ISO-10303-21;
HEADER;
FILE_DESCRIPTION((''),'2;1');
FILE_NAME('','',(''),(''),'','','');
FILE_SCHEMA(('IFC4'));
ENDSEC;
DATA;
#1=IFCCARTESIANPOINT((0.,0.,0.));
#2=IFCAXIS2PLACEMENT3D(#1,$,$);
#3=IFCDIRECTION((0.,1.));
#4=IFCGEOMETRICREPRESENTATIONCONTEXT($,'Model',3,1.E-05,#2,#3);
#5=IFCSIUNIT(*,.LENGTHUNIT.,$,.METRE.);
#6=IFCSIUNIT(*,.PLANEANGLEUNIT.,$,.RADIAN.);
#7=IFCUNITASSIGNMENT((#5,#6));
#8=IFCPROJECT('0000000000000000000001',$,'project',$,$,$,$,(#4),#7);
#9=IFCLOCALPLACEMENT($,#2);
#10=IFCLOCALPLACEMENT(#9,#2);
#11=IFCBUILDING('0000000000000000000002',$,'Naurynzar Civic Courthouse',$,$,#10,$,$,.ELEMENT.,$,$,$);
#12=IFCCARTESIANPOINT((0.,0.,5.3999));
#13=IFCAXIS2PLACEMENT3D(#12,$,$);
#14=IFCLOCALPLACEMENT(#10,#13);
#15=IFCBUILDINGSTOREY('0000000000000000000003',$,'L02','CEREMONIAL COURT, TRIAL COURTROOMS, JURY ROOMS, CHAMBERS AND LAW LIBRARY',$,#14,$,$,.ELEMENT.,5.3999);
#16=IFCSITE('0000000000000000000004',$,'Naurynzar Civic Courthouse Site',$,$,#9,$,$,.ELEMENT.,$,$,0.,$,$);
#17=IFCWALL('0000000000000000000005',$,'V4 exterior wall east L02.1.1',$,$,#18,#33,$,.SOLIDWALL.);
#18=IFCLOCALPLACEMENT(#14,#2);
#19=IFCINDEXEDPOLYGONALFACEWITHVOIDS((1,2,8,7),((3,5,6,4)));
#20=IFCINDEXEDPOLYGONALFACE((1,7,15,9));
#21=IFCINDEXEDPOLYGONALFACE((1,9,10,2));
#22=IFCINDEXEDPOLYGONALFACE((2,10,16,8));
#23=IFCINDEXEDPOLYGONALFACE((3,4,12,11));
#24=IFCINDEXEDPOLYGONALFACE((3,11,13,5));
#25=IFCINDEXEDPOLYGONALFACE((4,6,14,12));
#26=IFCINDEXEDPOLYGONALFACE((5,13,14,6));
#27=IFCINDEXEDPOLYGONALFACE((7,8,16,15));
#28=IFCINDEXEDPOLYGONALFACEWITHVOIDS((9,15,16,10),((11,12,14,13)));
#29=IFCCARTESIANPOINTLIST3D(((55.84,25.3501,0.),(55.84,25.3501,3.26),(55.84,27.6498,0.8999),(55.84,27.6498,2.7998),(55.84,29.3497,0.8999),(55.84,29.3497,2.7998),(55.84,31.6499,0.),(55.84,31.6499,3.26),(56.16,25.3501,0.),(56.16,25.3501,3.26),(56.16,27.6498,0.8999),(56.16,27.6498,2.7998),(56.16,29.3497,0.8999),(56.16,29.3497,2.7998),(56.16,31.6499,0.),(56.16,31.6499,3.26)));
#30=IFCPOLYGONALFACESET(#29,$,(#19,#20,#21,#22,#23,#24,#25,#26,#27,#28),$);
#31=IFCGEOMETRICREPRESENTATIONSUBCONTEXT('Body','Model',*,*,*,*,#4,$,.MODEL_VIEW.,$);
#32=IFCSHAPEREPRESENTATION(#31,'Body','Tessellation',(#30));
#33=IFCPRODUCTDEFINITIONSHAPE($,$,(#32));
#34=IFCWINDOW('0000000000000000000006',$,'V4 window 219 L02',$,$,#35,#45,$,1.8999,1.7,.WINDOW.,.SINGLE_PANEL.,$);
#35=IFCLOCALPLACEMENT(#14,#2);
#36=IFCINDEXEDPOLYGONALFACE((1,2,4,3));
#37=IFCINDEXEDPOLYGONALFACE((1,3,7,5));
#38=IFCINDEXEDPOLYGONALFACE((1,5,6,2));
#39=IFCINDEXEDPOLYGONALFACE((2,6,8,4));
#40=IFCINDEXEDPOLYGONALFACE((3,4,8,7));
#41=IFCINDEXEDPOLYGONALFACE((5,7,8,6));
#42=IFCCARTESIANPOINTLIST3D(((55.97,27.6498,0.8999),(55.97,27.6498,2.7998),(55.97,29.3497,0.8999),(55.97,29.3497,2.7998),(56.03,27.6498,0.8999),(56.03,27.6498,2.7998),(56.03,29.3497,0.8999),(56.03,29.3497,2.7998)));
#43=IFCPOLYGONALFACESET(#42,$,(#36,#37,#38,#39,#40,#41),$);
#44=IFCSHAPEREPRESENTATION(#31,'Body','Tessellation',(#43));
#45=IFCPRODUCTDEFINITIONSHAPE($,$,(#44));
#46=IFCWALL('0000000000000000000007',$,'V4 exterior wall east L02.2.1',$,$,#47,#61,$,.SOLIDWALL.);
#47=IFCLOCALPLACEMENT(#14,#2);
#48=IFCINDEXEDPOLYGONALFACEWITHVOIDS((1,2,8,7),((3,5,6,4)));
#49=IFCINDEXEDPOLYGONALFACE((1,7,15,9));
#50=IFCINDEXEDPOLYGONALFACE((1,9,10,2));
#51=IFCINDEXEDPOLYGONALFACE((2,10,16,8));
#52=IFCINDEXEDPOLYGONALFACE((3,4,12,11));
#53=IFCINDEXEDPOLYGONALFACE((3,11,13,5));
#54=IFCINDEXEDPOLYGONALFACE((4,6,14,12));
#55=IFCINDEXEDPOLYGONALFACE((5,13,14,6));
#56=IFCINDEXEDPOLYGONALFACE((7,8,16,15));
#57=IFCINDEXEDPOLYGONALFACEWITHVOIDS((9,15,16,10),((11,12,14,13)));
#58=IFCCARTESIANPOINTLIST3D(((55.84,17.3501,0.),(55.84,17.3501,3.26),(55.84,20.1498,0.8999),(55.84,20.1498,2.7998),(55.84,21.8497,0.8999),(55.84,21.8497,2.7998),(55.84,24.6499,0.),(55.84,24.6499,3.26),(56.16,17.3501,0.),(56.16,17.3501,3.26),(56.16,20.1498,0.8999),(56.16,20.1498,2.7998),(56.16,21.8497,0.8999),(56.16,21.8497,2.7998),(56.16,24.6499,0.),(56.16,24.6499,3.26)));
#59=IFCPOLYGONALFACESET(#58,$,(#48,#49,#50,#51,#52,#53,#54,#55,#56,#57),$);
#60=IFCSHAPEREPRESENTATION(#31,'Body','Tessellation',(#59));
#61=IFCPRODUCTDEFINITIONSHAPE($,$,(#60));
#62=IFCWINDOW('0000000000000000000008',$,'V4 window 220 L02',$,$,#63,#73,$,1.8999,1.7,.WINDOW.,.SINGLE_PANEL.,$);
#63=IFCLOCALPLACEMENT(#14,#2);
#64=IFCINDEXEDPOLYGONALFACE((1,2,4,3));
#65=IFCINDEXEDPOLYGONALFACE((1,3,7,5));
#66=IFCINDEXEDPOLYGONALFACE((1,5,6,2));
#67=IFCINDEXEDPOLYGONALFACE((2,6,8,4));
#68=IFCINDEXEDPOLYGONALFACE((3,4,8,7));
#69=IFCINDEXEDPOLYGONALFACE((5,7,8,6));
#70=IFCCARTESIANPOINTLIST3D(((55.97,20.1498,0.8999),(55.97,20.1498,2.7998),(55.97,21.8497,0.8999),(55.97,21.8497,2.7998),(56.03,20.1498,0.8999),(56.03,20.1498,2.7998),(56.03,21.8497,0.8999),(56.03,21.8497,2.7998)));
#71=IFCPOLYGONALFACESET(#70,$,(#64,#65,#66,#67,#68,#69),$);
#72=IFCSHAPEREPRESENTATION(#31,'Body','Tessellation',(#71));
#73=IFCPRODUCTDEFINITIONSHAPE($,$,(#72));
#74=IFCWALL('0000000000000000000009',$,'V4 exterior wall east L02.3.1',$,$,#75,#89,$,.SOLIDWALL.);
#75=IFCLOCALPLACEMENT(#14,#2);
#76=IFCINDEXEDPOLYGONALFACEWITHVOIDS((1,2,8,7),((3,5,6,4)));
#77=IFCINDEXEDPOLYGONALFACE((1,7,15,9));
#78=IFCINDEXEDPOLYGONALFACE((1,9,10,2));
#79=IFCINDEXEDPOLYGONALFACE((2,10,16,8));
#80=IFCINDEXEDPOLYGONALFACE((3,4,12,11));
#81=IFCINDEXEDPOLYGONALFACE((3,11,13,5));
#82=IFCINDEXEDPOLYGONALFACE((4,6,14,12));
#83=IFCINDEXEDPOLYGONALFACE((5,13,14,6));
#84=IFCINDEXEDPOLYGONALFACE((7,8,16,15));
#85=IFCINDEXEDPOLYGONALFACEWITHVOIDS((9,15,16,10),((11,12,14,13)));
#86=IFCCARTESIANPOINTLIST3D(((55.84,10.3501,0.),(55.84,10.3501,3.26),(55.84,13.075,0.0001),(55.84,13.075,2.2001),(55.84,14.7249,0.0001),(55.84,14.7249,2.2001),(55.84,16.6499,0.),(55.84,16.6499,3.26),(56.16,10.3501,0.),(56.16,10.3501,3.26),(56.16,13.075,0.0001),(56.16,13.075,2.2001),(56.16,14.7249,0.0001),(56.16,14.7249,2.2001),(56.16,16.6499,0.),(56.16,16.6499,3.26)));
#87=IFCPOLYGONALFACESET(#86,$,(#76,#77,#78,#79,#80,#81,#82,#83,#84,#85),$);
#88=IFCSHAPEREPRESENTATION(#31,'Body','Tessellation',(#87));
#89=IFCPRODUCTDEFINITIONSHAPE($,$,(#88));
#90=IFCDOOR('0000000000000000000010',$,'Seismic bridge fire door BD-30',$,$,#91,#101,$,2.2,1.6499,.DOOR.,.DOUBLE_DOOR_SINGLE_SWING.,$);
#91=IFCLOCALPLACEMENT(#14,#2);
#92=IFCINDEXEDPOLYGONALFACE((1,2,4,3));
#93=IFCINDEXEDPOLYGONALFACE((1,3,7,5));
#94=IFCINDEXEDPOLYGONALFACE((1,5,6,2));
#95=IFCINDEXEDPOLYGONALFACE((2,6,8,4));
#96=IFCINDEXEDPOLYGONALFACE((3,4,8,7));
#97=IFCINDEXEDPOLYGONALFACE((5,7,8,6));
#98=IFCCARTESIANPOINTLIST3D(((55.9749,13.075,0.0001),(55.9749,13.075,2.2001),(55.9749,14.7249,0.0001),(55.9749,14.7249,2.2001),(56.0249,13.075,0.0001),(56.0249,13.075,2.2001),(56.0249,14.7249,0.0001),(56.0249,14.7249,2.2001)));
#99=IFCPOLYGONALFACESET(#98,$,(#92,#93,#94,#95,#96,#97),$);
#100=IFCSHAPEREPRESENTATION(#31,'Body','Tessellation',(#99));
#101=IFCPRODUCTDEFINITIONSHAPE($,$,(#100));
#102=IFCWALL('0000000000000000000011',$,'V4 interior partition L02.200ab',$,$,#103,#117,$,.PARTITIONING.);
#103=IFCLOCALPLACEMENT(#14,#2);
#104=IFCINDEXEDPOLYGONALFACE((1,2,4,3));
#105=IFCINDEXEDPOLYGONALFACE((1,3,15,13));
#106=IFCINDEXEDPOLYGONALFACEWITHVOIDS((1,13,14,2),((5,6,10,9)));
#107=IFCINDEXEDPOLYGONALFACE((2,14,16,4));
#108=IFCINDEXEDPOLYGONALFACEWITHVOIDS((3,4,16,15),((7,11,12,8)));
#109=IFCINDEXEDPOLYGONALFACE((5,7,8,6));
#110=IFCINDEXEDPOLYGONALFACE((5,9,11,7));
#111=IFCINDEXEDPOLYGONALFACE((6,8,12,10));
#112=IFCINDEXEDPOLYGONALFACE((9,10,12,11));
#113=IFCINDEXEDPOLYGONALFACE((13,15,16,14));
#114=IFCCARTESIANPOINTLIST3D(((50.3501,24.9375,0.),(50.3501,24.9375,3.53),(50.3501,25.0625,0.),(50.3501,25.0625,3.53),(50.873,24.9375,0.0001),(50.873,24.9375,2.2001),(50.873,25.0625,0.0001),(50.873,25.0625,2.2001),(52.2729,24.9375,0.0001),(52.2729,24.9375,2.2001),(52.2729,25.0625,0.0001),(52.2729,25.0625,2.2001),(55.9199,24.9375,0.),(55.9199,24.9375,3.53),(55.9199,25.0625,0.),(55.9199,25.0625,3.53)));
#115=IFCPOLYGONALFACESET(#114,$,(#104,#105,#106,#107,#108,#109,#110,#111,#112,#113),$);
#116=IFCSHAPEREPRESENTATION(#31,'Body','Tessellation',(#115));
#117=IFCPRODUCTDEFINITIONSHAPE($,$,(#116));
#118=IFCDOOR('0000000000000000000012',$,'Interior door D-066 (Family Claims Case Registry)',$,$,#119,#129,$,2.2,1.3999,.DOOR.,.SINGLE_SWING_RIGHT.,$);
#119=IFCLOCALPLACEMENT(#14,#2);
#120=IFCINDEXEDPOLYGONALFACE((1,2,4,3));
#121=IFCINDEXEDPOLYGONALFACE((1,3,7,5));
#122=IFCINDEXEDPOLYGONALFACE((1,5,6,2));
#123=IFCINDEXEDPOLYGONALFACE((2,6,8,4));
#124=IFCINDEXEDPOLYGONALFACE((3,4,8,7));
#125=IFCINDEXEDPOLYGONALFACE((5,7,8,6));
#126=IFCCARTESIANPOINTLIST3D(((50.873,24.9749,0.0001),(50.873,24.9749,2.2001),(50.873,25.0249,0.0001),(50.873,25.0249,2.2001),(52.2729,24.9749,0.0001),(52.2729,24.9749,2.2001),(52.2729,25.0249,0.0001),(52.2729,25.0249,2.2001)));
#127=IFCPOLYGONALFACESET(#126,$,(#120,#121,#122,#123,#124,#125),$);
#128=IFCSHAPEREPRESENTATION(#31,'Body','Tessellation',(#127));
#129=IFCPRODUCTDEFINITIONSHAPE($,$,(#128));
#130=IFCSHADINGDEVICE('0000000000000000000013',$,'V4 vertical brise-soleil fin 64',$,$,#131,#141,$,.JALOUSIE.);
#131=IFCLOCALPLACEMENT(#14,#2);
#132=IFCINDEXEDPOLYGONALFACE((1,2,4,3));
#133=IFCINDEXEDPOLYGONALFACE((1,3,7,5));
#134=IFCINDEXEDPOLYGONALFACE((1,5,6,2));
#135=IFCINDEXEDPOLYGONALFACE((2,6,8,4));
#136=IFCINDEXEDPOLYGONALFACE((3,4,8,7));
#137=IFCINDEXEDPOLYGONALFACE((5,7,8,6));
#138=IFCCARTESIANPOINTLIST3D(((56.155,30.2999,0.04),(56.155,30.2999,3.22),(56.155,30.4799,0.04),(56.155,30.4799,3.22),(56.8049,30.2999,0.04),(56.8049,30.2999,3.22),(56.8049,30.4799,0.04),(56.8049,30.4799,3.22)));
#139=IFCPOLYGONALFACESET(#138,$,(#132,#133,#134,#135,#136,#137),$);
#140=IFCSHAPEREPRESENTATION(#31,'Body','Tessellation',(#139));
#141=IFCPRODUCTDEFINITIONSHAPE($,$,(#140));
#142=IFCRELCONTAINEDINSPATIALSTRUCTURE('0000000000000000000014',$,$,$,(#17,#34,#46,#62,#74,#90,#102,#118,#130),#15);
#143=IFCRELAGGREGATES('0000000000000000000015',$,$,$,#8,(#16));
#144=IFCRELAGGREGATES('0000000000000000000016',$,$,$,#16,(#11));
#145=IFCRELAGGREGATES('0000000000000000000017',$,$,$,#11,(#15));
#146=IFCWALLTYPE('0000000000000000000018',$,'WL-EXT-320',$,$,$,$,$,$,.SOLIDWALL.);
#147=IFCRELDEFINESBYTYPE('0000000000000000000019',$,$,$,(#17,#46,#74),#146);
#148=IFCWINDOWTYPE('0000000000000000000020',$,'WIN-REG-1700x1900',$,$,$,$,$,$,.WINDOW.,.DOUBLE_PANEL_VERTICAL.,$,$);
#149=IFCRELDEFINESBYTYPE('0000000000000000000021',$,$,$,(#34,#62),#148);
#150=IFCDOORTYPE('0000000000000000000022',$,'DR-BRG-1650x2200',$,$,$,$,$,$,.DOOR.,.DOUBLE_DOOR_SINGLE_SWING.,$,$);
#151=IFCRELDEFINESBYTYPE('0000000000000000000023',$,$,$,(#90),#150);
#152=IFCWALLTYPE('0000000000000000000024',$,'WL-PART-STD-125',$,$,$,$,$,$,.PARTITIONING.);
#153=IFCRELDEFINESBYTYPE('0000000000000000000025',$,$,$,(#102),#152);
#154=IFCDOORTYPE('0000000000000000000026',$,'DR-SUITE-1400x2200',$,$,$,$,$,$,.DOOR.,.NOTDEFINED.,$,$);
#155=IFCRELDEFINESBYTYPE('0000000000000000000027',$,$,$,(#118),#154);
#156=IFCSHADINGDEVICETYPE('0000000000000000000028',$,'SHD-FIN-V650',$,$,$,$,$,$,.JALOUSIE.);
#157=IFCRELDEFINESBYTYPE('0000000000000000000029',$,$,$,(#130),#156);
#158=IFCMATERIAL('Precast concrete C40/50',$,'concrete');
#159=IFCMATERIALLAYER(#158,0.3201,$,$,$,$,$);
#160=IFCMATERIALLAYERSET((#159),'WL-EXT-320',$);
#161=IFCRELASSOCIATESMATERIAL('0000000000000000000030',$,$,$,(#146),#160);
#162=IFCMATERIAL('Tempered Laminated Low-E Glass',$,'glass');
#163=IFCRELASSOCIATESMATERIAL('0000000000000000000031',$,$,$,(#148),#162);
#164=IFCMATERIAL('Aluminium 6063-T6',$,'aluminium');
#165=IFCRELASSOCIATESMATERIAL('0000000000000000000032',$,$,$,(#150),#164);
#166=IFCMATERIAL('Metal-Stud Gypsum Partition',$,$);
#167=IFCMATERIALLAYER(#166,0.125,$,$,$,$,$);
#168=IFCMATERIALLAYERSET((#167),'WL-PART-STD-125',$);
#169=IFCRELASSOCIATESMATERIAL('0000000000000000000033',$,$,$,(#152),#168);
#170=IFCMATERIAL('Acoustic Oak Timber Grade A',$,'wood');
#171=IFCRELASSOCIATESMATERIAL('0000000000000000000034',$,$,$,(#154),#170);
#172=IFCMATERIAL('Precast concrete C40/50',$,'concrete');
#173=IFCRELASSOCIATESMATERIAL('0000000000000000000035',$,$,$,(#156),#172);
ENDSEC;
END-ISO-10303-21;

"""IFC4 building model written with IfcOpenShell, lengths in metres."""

from ifc_helpers import new_model, si_unit, direction, frame, frame_2d, origin, origin_2d, place, context, subcontext, project, spatial, rectangle, extrude, material, layer, layer_set, type_object, element, fill, save


model = new_model("IFC4")

# Units and contexts
model_context = context("Model", 3, precision=1e-05, world=origin(), true_north=direction((0.0, 1.0)))
body_context = subcontext(model_context, "Body", "Model", "MODEL_VIEW")
ifc_project = project(units=[si_unit("LENGTHUNIT", "METRE"), si_unit("PLANEANGLEUNIT", "RADIAN")], contexts=[model_context])

# Site, building, storey
site_placement = place(None, origin())
site = spatial("IfcSite", under=ifc_project, at=site_placement, Name="Naurynzar Civic Courthouse Site", CompositionType="ELEMENT", RefElevation=0.0)
building_placement = place(site_placement, origin())
building = spatial("IfcBuilding", under=site, at=building_placement, Name="Naurynzar Civic Courthouse", CompositionType="ELEMENT")
storey_placement = place(building_placement, frame((0.0, 0.0, 5.3999)))
storey = spatial("IfcBuildingStorey", under=building, at=storey_placement, Name="L02", Description="CEREMONIAL COURT, TRIAL COURTROOMS, JURY ROOMS, CHAMBERS AND LAW LIBRARY", CompositionType="ELEMENT", Elevation=5.3999)

# Walls, openings, windows
ifc_material_1 = material(Name="Precast concrete C40/50", Category="concrete")
ifc_layer_1 = layer(ifc_material_1, 0.3201)
ifc_layer_set_1 = layer_set([ifc_layer_1], Name="WL-EXT-320")
wall_type_1 = type_object("IfcWallType", Name="WL-EXT-320", PredefinedType="SOLIDWALL", material=ifc_layer_set_1)
wall_1_placement = place(storey_placement, frame((56.0, 31.6499, 0.0), z_axis=(0.0, 0.0, 1.0), x_axis=(0.0, -1.0, 0.0)))
wall_1 = element("IfcWall", 1, at=wall_1_placement, inside=storey, type_object=wall_type_1, Name="V4 exterior wall east L02.1.1", PredefinedType="SOLIDWALL", context=body_context, shape_type="SweptSolid", body=[
    extrude(rectangle(XDim=6.2998, YDim=0.3201, at=frame_2d((3.1499, 0.0))), origin(), (0.0, 0.0, 1.0), 3.26),
])
opening_1_placement = place(wall_1_placement, frame((2.3, 0.0, 0.8999)))
opening_1 = element("IfcOpeningElement", 2, at=opening_1_placement, cuts=wall_1, PredefinedType="OPENING", context=body_context, shape_type="SweptSolid", body=[
    extrude(rectangle(XDim=1.7, YDim=1.8999, at=frame_2d((0.8501, 0.95))), frame((0.0, 0.1699, 0.0), z_axis=(0.0, -1.0, 0.0), x_axis=(1.0, 0.0, 0.0)), (0.0, 0.0, 1.0), 0.3401),
])
ifc_material_2 = material(Name="Tempered Laminated Low-E Glass", Category="glass")
window_type = type_object("IfcWindowType", Name="WIN-REG-1700x1900", PartitioningType="DOUBLE_PANEL_VERTICAL", PredefinedType="WINDOW", material=ifc_material_2)
window_1_placement = place(opening_1_placement, origin())
window_1 = element("IfcWindow", 3, at=window_1_placement, inside=storey, type_object=window_type, Name="V4 window 219 L02", OverallHeight=1.8999, OverallWidth=1.7, PartitioningType="SINGLE_PANEL", PredefinedType="WINDOW", context=body_context, shape_type="SweptSolid", body=[
    extrude(rectangle(XDim=1.7, YDim=1.8999, at=frame_2d((0.8501, 0.95))), frame((0.0, 0.03, 0.0), z_axis=(0.0, -1.0, 0.0), x_axis=(1.0, 0.0, 0.0)), (0.0, 0.0, 1.0), 0.0601),
])
fill(opening_1, window_1)
wall_2_placement = place(storey_placement, frame((56.0, 24.6499, 0.0), z_axis=(0.0, 0.0, 1.0), x_axis=(0.0, -1.0, 0.0)))
wall_2 = element("IfcWall", 4, at=wall_2_placement, inside=storey, type_object=wall_type_1, Name="V4 exterior wall east L02.2.1", PredefinedType="SOLIDWALL", context=body_context, shape_type="SweptSolid", body=[
    extrude(rectangle(XDim=7.2998, YDim=0.3201, at=frame_2d((3.6499, 0.0))), origin(), (0.0, 0.0, 1.0), 3.26),
])
opening_2_placement = place(wall_2_placement, frame((2.8, 0.0, 0.8999)))
opening_2 = element("IfcOpeningElement", 5, at=opening_2_placement, cuts=wall_2, PredefinedType="OPENING", context=body_context, shape_type="SweptSolid", body=[
    extrude(rectangle(XDim=1.7, YDim=1.8999, at=frame_2d((0.8501, 0.95))), frame((0.0, 0.1699, 0.0), z_axis=(0.0, -1.0, 0.0), x_axis=(1.0, 0.0, 0.0)), (0.0, 0.0, 1.0), 0.3401),
])
window_2_placement = place(opening_2_placement, origin())
window_2 = element("IfcWindow", 6, at=window_2_placement, inside=storey, type_object=window_type, Name="V4 window 220 L02", OverallHeight=1.8999, OverallWidth=1.7, PartitioningType="SINGLE_PANEL", PredefinedType="WINDOW", context=body_context, shape_type="SweptSolid", body=[
    extrude(rectangle(XDim=1.7, YDim=1.8999, at=frame_2d((0.8501, 0.95))), frame((0.0, 0.03, 0.0), z_axis=(0.0, -1.0, 0.0), x_axis=(1.0, 0.0, 0.0)), (0.0, 0.0, 1.0), 0.0601),
])
fill(opening_2, window_2)

# Walls, openings, doors
wall_3_placement = place(storey_placement, frame((56.0, 16.6499, 0.0), z_axis=(0.0, 0.0, 1.0), x_axis=(0.0, -1.0, 0.0)))
wall_3 = element("IfcWall", 7, at=wall_3_placement, inside=storey, type_object=wall_type_1, Name="V4 exterior wall east L02.3.1", PredefinedType="SOLIDWALL", context=body_context, shape_type="SweptSolid", body=[
    extrude(rectangle(XDim=6.2998, YDim=0.3201, at=frame_2d((3.1499, 0.0))), origin(), (0.0, 0.0, 1.0), 3.26),
])
opening_3_placement = place(wall_3_placement, frame((1.925, 0.0, 0.0)))
opening_3 = element("IfcOpeningElement", 8, at=opening_3_placement, cuts=wall_3, PredefinedType="OPENING", context=body_context, shape_type="SweptSolid", body=[
    extrude(rectangle(XDim=1.6499, YDim=2.2, at=frame_2d((0.825, 1.1001))), frame((0.0, 0.1699, 0.0), z_axis=(0.0, -1.0, 0.0), x_axis=(1.0, 0.0, 0.0)), (0.0, 0.0, 1.0), 0.3401),
])
ifc_material_3 = material(Name="Aluminium 6063-T6", Category="aluminium")
door_type_1 = type_object("IfcDoorType", Name="DR-BRG-1650x2200", OperationType="DOUBLE_DOOR_SINGLE_SWING", PredefinedType="DOOR", material=ifc_material_3)
door_1_placement = place(opening_3_placement, origin())
door_1 = element("IfcDoor", 9, at=door_1_placement, inside=storey, type_object=door_type_1, Name="Seismic bridge fire door BD-30", OperationType="DOUBLE_DOOR_SINGLE_SWING", OverallHeight=2.2, OverallWidth=1.6499, PredefinedType="DOOR", context=body_context, shape_type="SweptSolid", body=[
    extrude(rectangle(XDim=1.6499, YDim=2.2, at=frame_2d((0.825, 1.1001))), frame((0.0, 0.0249, 0.0), z_axis=(0.0, -1.0, 0.0), x_axis=(1.0, 0.0, 0.0)), (0.0, 0.0, 1.0), 0.05),
])
fill(opening_3, door_1)
ifc_material_4 = material(Name="Metal-Stud Gypsum Partition")
ifc_layer_2 = layer(ifc_material_4, 0.125)
ifc_layer_set_2 = layer_set([ifc_layer_2], Name="WL-PART-STD-125")
wall_type_2 = type_object("IfcWallType", Name="WL-PART-STD-125", PredefinedType="PARTITIONING", material=ifc_layer_set_2)
wall_4_placement = place(storey_placement, frame((50.3501, 25.0, 0.0), z_axis=(0.0, 0.0, 1.0), x_axis=(1.0, 0.0, 0.0)))
wall_4 = element("IfcWall", 10, at=wall_4_placement, inside=storey, type_object=wall_type_2, Name="V4 interior partition L02.200ab", PredefinedType="PARTITIONING", context=body_context, shape_type="SweptSolid", body=[
    extrude(rectangle(XDim=5.5698, YDim=0.125, at=frame_2d((2.7849, 0.0))), origin(), (0.0, 0.0, 1.0), 3.53),
])
opening_4_placement = place(wall_4_placement, frame((0.5229, 0.0, 0.0)))
opening_4 = element("IfcOpeningElement", 11, at=opening_4_placement, cuts=wall_4, PredefinedType="OPENING", context=body_context, shape_type="SweptSolid", body=[
    extrude(rectangle(XDim=1.3999, YDim=2.2, at=frame_2d((0.7, 1.1001))), frame((0.0, 0.0725, 0.0), z_axis=(0.0, -1.0, 0.0), x_axis=(1.0, 0.0, 0.0)), (0.0, 0.0, 1.0), 0.145),
])
ifc_material_5 = material(Name="Acoustic Oak Timber Grade A", Category="wood")
door_type_2 = type_object("IfcDoorType", Name="DR-SUITE-1400x2200", OperationType="NOTDEFINED", PredefinedType="DOOR", material=ifc_material_5)
door_2_placement = place(opening_4_placement, origin())
door_2 = element("IfcDoor", 12, at=door_2_placement, inside=storey, type_object=door_type_2, Name="Interior door D-066 (Family Claims Case Registry)", OperationType="SINGLE_SWING_RIGHT", OverallHeight=2.2, OverallWidth=1.3999, PredefinedType="DOOR", context=body_context, shape_type="SweptSolid", body=[
    extrude(rectangle(XDim=1.3999, YDim=2.2, at=frame_2d((0.7, 1.1001))), frame((0.0, 0.0249, 0.0), z_axis=(0.0, -1.0, 0.0), x_axis=(1.0, 0.0, 0.0)), (0.0, 0.0, 1.0), 0.05),
])
fill(opening_4, door_2)

# Shading device
ifc_material_6 = material(Name="Precast concrete C40/50", Category="concrete")
shading_device_type = type_object("IfcShadingDeviceType", Name="SHD-FIN-V650", PredefinedType="JALOUSIE", material=ifc_material_6)
shading_device_placement = place(storey_placement, frame((56.48, 30.3899, 0.04), z_axis=(0.0, 0.0, 1.0), x_axis=(0.0, -1.0, 0.0)))
element("IfcShadingDevice", 13, at=shading_device_placement, inside=storey, type_object=shading_device_type, Name="V4 vertical brise-soleil fin 64", PredefinedType="JALOUSIE", context=body_context, shape_type="SweptSolid", body=[
    extrude(rectangle(XDim=0.1799, YDim=0.6499, at=origin_2d()), origin(), (0.0, 0.0, 1.0), 3.1799),
])

save(model, "model.ifc")
